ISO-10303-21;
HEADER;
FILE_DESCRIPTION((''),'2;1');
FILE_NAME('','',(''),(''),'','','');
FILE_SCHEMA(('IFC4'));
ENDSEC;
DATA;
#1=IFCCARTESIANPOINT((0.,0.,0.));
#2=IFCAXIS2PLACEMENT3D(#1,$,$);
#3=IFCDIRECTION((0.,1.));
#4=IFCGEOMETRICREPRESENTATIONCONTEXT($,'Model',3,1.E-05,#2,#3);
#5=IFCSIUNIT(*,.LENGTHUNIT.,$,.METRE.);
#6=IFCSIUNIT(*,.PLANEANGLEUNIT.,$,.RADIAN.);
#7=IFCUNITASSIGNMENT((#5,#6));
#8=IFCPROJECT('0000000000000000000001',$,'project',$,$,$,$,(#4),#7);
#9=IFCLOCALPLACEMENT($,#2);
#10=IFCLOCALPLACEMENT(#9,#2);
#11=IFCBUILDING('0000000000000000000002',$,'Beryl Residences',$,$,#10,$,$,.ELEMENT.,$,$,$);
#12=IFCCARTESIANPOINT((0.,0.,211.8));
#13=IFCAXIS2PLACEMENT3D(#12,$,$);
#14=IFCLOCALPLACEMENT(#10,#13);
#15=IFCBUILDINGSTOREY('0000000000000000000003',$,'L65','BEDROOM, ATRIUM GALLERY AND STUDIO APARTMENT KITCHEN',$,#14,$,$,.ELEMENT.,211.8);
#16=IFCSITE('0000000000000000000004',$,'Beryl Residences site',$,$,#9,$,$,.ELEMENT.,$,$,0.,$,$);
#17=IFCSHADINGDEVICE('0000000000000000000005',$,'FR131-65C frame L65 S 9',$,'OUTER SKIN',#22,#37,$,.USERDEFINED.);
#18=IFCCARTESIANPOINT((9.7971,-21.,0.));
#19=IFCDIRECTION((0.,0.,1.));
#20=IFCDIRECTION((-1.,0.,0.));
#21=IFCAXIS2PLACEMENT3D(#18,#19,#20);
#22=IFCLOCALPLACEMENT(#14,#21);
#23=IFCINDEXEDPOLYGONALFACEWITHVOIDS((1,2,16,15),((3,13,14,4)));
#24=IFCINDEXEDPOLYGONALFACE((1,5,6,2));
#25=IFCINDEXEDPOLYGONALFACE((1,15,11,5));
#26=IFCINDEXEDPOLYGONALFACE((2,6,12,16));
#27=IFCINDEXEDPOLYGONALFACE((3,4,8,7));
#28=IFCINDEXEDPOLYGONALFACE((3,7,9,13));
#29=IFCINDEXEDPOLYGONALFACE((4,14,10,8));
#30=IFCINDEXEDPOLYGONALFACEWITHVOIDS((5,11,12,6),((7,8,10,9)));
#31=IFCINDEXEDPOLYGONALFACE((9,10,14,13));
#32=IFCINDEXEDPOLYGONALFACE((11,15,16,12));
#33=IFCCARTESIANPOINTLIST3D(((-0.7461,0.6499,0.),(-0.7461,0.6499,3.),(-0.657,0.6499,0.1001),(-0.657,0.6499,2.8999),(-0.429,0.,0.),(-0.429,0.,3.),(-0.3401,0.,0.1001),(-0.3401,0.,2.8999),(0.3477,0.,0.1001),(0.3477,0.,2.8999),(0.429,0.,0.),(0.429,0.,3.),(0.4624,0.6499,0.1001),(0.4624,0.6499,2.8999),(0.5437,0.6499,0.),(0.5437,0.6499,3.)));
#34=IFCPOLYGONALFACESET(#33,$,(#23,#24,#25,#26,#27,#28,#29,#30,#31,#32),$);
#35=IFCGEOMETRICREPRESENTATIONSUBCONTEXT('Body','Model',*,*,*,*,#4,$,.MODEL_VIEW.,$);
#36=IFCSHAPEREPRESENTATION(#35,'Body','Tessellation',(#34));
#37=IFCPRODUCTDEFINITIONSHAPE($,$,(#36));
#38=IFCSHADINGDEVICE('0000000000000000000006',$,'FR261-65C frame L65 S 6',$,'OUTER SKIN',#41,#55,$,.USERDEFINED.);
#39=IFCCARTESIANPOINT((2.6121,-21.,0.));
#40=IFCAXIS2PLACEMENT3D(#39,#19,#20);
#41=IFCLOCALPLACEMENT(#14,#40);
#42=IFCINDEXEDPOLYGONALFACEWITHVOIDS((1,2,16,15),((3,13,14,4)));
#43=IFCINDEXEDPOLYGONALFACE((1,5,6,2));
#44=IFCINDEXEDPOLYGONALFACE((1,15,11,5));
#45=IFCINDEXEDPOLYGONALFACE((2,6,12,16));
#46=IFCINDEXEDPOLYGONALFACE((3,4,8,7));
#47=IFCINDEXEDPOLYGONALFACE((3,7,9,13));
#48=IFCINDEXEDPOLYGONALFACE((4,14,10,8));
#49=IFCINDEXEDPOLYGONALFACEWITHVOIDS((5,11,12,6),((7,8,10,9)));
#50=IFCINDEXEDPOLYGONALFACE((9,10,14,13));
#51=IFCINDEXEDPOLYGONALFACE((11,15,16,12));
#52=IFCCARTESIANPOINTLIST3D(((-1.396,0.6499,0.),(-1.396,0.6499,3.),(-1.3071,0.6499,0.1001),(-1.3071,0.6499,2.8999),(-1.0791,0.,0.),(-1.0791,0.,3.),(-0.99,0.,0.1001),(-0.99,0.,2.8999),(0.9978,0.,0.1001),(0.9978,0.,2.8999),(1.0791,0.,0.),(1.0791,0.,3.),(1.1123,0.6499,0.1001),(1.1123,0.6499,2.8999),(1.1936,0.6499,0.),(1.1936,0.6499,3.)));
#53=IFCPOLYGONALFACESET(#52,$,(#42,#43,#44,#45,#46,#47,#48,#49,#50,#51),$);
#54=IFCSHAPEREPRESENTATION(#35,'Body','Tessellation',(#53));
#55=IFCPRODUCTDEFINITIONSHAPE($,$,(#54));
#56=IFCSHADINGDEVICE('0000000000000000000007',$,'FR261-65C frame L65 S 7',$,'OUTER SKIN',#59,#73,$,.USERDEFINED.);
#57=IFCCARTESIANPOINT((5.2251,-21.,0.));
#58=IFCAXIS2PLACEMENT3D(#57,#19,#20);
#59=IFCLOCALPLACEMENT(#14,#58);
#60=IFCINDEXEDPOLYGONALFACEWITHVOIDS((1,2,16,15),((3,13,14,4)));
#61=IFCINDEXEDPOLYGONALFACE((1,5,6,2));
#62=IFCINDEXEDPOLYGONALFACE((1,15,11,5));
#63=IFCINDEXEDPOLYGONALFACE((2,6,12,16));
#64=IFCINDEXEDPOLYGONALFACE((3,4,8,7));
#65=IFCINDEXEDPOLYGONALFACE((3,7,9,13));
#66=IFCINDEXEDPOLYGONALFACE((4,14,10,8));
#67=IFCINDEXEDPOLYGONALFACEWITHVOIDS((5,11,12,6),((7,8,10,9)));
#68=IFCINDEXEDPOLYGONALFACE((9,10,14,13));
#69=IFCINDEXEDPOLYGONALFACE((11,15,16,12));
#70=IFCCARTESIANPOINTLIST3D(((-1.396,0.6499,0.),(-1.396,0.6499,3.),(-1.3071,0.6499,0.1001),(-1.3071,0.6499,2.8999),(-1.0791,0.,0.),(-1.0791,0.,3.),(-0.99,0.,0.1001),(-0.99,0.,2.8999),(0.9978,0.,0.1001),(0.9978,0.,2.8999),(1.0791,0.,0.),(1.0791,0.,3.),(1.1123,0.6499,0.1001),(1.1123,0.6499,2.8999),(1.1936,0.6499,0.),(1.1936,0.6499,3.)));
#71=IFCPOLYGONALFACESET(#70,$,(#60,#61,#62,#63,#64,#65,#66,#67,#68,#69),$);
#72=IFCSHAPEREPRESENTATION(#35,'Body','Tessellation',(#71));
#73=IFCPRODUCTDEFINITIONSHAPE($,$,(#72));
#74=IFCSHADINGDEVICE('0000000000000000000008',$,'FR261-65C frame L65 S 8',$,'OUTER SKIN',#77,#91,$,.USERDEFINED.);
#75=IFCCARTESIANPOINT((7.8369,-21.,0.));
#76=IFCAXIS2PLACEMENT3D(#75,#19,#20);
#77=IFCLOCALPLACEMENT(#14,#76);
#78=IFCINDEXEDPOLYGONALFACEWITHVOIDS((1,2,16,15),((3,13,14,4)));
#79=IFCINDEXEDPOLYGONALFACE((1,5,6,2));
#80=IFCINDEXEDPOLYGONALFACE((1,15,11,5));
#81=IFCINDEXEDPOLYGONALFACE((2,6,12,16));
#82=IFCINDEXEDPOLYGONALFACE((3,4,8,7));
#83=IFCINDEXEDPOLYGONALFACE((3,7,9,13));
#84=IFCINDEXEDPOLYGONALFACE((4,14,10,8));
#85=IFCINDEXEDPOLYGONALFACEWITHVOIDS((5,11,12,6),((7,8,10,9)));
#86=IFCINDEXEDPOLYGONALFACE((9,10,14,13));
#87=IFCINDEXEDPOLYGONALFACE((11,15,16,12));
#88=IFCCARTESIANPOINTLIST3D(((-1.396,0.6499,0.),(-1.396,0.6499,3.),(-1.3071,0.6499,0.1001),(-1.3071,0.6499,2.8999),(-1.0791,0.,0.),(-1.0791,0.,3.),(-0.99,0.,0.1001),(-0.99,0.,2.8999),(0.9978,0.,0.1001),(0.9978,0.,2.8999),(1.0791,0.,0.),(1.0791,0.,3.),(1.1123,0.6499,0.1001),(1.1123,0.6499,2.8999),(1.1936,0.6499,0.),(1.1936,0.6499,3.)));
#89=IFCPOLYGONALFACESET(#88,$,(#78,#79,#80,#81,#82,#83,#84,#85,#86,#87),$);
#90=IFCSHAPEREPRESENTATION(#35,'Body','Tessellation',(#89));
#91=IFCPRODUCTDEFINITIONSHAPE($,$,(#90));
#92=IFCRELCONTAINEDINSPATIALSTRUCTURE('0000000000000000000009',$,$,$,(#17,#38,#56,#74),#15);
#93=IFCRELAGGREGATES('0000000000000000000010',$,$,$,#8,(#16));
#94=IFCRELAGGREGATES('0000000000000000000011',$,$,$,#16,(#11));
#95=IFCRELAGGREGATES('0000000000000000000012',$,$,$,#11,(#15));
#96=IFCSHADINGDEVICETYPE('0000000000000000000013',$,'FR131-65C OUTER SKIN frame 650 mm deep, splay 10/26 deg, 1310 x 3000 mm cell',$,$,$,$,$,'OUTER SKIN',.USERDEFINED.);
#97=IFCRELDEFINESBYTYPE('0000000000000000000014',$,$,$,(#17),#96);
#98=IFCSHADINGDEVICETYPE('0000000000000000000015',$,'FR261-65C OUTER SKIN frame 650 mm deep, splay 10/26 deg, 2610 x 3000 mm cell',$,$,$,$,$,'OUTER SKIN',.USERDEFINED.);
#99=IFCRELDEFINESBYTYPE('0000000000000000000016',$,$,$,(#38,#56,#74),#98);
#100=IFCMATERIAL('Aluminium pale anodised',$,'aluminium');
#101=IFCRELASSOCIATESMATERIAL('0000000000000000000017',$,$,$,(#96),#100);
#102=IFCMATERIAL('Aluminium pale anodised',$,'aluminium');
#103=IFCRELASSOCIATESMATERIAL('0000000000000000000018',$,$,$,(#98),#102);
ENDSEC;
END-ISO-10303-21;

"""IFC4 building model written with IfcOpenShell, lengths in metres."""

from ifc_helpers import new_model, entity, si_unit, direction, frame, origin, place, context, subcontext, project, spatial, source, transform, mapped, material, type_object, type_shapes, element, save


model = new_model("IFC4")

# Units and contexts
model_context = context("Model", 3, precision=1e-05, world=origin(), true_north=direction((0.0, 1.0)))
body_context = subcontext(model_context, "Body", "Model", "MODEL_VIEW")
ifc_project = project(units=[si_unit("LENGTHUNIT", "METRE"), si_unit("PLANEANGLEUNIT", "RADIAN")], contexts=[model_context])

# Site, building, storey
site_placement = place(None, origin())
site = spatial("IfcSite", under=ifc_project, at=site_placement, Name="Beryl Residences site", CompositionType="ELEMENT", RefElevation=0.0)
building_placement = place(site_placement, origin())
building = spatial("IfcBuilding", under=site, at=building_placement, Name="Beryl Residences", CompositionType="ELEMENT")
storey_placement = place(building_placement, frame((0.0, 0.0, 211.8)))
storey = spatial("IfcBuildingStorey", under=building, at=storey_placement, Name="L65", Description="BEDROOM, ATRIUM GALLERY AND STUDIO APARTMENT KITCHEN", CompositionType="ELEMENT", Elevation=211.8)

# Shading devices
ifc_material_1 = material(Name="Aluminium pale anodised", Category="aluminium")
shading_device_type_1 = type_object("IfcShadingDeviceType", Name="FR131-65C OUTER SKIN frame 650 mm deep, splay 10/26 deg, 1310 x 3000 mm cell", ElementType="OUTER SKIN", PredefinedType="USERDEFINED", material=ifc_material_1)
cartesian_point_1 = entity("IfcCartesianPoint", [-0.429, 0.0])
cartesian_point_2 = entity("IfcCartesianPoint", [-0.3477, 0.1001])
cartesian_point_3 = entity("IfcCartesianPoint", [-0.5437, 0.0])
cartesian_point_4 = entity("IfcCartesianPoint", [-0.4624, 0.1001])
shared_shape_1 = source(origin(), body_context, "Body", "SweptSolid", [
    entity("IfcExtrudedAreaSolidTapered", entity("IfcArbitraryProfileDefWithVoids", "AREA", None, entity("IfcPolyline", [cartesian_point_1, entity("IfcCartesianPoint", [0.429, 0.0]), entity("IfcCartesianPoint", [0.429, 3.0]), entity("IfcCartesianPoint", [-0.429, 3.0]), cartesian_point_1]), [entity("IfcPolyline", [cartesian_point_2, entity("IfcCartesianPoint", [0.3401, 0.1001]), entity("IfcCartesianPoint", [0.3401, 2.8999]), entity("IfcCartesianPoint", [-0.3477, 2.8999]), cartesian_point_2])]), entity("IfcAxis2Placement3D", entity("IfcCartesianPoint", [0.0, 0.0, 0.0]), entity("IfcDirection", [0.0, 1.0, 0.0]), entity("IfcDirection", [-1.0, 0.0, 0.0])), entity("IfcDirection", [0.0, 0.0, 1.0]), 0.6499, entity("IfcArbitraryProfileDefWithVoids", "AREA", None, entity("IfcPolyline", [cartesian_point_3, entity("IfcCartesianPoint", [0.7461, 0.0]), entity("IfcCartesianPoint", [0.7461, 3.0]), entity("IfcCartesianPoint", [-0.5437, 3.0]), cartesian_point_3]), [entity("IfcPolyline", [cartesian_point_4, entity("IfcCartesianPoint", [0.657, 0.1001]), entity("IfcCartesianPoint", [0.657, 2.8999]), entity("IfcCartesianPoint", [-0.4624, 2.8999]), cartesian_point_4])])),
])
type_shapes(shading_device_type_1, [shared_shape_1])
shading_device_placement = place(storey_placement, frame((9.7971, -21.0, 0.0), z_axis=(0.0, 0.0, 1.0), x_axis=(-1.0, 0.0, 0.0)))
element("IfcShadingDevice", 1, at=shading_device_placement, inside=storey, type_object=shading_device_type_1, Name="FR131-65C frame L65 S 9", ObjectType="OUTER SKIN", PredefinedType="USERDEFINED", context=body_context, shape_type="MappedRepresentation", body=[
    mapped(shared_shape_1, transform((0.0, 0.0, 0.0))),
])
ifc_material_2 = material(Name="Aluminium pale anodised", Category="aluminium")
shading_device_type_2 = type_object("IfcShadingDeviceType", Name="FR261-65C OUTER SKIN frame 650 mm deep, splay 10/26 deg, 2610 x 3000 mm cell", ElementType="OUTER SKIN", PredefinedType="USERDEFINED", material=ifc_material_2)
cartesian_point_5 = entity("IfcCartesianPoint", [-1.0791, 0.0])
cartesian_point_6 = entity("IfcCartesianPoint", [-0.9978, 0.1001])
cartesian_point_7 = entity("IfcCartesianPoint", [-1.1936, 0.0])
cartesian_point_8 = entity("IfcCartesianPoint", [-1.1123, 0.1001])
shared_shape_2 = source(origin(), body_context, "Body", "SweptSolid", [
    entity("IfcExtrudedAreaSolidTapered", entity("IfcArbitraryProfileDefWithVoids", "AREA", None, entity("IfcPolyline", [cartesian_point_5, entity("IfcCartesianPoint", [1.0791, 0.0]), entity("IfcCartesianPoint", [1.0791, 3.0]), entity("IfcCartesianPoint", [-1.0791, 3.0]), cartesian_point_5]), [entity("IfcPolyline", [cartesian_point_6, entity("IfcCartesianPoint", [0.99, 0.1001]), entity("IfcCartesianPoint", [0.99, 2.8999]), entity("IfcCartesianPoint", [-0.9978, 2.8999]), cartesian_point_6])]), entity("IfcAxis2Placement3D", entity("IfcCartesianPoint", [0.0, 0.0, 0.0]), entity("IfcDirection", [0.0, 1.0, 0.0]), entity("IfcDirection", [-1.0, 0.0, 0.0])), entity("IfcDirection", [0.0, 0.0, 1.0]), 0.6499, entity("IfcArbitraryProfileDefWithVoids", "AREA", None, entity("IfcPolyline", [cartesian_point_7, entity("IfcCartesianPoint", [1.396, 0.0]), entity("IfcCartesianPoint", [1.396, 3.0]), entity("IfcCartesianPoint", [-1.1936, 3.0]), cartesian_point_7]), [entity("IfcPolyline", [cartesian_point_8, entity("IfcCartesianPoint", [1.3071, 0.1001]), entity("IfcCartesianPoint", [1.3071, 2.8999]), entity("IfcCartesianPoint", [-1.1123, 2.8999]), cartesian_point_8])])),
])
type_shapes(shading_device_type_2, [shared_shape_2])
for number, where, z_axis, x_axis, name in (
    (2, (2.6121, -21.0, 0.0), (0.0, 0.0, 1.0), (-1.0, 0.0, 0.0), "FR261-65C frame L65 S 6"),
    (3, (5.2251, -21.0, 0.0), (0.0, 0.0, 1.0), (-1.0, 0.0, 0.0), "FR261-65C frame L65 S 7"),
    (4, (7.8369, -21.0, 0.0), (0.0, 0.0, 1.0), (-1.0, 0.0, 0.0), "FR261-65C frame L65 S 8"),
):
    element("IfcShadingDevice", number, at=place(storey_placement, frame(where, z_axis=z_axis, x_axis=x_axis)), inside=storey, type_object=shading_device_type_2, Name=name, ObjectType="OUTER SKIN", PredefinedType="USERDEFINED", context=body_context, shape_type="MappedRepresentation", body=[
        mapped(shared_shape_2, transform((0.0, 0.0, 0.0))),
    ])

save(model, "model.ifc")
